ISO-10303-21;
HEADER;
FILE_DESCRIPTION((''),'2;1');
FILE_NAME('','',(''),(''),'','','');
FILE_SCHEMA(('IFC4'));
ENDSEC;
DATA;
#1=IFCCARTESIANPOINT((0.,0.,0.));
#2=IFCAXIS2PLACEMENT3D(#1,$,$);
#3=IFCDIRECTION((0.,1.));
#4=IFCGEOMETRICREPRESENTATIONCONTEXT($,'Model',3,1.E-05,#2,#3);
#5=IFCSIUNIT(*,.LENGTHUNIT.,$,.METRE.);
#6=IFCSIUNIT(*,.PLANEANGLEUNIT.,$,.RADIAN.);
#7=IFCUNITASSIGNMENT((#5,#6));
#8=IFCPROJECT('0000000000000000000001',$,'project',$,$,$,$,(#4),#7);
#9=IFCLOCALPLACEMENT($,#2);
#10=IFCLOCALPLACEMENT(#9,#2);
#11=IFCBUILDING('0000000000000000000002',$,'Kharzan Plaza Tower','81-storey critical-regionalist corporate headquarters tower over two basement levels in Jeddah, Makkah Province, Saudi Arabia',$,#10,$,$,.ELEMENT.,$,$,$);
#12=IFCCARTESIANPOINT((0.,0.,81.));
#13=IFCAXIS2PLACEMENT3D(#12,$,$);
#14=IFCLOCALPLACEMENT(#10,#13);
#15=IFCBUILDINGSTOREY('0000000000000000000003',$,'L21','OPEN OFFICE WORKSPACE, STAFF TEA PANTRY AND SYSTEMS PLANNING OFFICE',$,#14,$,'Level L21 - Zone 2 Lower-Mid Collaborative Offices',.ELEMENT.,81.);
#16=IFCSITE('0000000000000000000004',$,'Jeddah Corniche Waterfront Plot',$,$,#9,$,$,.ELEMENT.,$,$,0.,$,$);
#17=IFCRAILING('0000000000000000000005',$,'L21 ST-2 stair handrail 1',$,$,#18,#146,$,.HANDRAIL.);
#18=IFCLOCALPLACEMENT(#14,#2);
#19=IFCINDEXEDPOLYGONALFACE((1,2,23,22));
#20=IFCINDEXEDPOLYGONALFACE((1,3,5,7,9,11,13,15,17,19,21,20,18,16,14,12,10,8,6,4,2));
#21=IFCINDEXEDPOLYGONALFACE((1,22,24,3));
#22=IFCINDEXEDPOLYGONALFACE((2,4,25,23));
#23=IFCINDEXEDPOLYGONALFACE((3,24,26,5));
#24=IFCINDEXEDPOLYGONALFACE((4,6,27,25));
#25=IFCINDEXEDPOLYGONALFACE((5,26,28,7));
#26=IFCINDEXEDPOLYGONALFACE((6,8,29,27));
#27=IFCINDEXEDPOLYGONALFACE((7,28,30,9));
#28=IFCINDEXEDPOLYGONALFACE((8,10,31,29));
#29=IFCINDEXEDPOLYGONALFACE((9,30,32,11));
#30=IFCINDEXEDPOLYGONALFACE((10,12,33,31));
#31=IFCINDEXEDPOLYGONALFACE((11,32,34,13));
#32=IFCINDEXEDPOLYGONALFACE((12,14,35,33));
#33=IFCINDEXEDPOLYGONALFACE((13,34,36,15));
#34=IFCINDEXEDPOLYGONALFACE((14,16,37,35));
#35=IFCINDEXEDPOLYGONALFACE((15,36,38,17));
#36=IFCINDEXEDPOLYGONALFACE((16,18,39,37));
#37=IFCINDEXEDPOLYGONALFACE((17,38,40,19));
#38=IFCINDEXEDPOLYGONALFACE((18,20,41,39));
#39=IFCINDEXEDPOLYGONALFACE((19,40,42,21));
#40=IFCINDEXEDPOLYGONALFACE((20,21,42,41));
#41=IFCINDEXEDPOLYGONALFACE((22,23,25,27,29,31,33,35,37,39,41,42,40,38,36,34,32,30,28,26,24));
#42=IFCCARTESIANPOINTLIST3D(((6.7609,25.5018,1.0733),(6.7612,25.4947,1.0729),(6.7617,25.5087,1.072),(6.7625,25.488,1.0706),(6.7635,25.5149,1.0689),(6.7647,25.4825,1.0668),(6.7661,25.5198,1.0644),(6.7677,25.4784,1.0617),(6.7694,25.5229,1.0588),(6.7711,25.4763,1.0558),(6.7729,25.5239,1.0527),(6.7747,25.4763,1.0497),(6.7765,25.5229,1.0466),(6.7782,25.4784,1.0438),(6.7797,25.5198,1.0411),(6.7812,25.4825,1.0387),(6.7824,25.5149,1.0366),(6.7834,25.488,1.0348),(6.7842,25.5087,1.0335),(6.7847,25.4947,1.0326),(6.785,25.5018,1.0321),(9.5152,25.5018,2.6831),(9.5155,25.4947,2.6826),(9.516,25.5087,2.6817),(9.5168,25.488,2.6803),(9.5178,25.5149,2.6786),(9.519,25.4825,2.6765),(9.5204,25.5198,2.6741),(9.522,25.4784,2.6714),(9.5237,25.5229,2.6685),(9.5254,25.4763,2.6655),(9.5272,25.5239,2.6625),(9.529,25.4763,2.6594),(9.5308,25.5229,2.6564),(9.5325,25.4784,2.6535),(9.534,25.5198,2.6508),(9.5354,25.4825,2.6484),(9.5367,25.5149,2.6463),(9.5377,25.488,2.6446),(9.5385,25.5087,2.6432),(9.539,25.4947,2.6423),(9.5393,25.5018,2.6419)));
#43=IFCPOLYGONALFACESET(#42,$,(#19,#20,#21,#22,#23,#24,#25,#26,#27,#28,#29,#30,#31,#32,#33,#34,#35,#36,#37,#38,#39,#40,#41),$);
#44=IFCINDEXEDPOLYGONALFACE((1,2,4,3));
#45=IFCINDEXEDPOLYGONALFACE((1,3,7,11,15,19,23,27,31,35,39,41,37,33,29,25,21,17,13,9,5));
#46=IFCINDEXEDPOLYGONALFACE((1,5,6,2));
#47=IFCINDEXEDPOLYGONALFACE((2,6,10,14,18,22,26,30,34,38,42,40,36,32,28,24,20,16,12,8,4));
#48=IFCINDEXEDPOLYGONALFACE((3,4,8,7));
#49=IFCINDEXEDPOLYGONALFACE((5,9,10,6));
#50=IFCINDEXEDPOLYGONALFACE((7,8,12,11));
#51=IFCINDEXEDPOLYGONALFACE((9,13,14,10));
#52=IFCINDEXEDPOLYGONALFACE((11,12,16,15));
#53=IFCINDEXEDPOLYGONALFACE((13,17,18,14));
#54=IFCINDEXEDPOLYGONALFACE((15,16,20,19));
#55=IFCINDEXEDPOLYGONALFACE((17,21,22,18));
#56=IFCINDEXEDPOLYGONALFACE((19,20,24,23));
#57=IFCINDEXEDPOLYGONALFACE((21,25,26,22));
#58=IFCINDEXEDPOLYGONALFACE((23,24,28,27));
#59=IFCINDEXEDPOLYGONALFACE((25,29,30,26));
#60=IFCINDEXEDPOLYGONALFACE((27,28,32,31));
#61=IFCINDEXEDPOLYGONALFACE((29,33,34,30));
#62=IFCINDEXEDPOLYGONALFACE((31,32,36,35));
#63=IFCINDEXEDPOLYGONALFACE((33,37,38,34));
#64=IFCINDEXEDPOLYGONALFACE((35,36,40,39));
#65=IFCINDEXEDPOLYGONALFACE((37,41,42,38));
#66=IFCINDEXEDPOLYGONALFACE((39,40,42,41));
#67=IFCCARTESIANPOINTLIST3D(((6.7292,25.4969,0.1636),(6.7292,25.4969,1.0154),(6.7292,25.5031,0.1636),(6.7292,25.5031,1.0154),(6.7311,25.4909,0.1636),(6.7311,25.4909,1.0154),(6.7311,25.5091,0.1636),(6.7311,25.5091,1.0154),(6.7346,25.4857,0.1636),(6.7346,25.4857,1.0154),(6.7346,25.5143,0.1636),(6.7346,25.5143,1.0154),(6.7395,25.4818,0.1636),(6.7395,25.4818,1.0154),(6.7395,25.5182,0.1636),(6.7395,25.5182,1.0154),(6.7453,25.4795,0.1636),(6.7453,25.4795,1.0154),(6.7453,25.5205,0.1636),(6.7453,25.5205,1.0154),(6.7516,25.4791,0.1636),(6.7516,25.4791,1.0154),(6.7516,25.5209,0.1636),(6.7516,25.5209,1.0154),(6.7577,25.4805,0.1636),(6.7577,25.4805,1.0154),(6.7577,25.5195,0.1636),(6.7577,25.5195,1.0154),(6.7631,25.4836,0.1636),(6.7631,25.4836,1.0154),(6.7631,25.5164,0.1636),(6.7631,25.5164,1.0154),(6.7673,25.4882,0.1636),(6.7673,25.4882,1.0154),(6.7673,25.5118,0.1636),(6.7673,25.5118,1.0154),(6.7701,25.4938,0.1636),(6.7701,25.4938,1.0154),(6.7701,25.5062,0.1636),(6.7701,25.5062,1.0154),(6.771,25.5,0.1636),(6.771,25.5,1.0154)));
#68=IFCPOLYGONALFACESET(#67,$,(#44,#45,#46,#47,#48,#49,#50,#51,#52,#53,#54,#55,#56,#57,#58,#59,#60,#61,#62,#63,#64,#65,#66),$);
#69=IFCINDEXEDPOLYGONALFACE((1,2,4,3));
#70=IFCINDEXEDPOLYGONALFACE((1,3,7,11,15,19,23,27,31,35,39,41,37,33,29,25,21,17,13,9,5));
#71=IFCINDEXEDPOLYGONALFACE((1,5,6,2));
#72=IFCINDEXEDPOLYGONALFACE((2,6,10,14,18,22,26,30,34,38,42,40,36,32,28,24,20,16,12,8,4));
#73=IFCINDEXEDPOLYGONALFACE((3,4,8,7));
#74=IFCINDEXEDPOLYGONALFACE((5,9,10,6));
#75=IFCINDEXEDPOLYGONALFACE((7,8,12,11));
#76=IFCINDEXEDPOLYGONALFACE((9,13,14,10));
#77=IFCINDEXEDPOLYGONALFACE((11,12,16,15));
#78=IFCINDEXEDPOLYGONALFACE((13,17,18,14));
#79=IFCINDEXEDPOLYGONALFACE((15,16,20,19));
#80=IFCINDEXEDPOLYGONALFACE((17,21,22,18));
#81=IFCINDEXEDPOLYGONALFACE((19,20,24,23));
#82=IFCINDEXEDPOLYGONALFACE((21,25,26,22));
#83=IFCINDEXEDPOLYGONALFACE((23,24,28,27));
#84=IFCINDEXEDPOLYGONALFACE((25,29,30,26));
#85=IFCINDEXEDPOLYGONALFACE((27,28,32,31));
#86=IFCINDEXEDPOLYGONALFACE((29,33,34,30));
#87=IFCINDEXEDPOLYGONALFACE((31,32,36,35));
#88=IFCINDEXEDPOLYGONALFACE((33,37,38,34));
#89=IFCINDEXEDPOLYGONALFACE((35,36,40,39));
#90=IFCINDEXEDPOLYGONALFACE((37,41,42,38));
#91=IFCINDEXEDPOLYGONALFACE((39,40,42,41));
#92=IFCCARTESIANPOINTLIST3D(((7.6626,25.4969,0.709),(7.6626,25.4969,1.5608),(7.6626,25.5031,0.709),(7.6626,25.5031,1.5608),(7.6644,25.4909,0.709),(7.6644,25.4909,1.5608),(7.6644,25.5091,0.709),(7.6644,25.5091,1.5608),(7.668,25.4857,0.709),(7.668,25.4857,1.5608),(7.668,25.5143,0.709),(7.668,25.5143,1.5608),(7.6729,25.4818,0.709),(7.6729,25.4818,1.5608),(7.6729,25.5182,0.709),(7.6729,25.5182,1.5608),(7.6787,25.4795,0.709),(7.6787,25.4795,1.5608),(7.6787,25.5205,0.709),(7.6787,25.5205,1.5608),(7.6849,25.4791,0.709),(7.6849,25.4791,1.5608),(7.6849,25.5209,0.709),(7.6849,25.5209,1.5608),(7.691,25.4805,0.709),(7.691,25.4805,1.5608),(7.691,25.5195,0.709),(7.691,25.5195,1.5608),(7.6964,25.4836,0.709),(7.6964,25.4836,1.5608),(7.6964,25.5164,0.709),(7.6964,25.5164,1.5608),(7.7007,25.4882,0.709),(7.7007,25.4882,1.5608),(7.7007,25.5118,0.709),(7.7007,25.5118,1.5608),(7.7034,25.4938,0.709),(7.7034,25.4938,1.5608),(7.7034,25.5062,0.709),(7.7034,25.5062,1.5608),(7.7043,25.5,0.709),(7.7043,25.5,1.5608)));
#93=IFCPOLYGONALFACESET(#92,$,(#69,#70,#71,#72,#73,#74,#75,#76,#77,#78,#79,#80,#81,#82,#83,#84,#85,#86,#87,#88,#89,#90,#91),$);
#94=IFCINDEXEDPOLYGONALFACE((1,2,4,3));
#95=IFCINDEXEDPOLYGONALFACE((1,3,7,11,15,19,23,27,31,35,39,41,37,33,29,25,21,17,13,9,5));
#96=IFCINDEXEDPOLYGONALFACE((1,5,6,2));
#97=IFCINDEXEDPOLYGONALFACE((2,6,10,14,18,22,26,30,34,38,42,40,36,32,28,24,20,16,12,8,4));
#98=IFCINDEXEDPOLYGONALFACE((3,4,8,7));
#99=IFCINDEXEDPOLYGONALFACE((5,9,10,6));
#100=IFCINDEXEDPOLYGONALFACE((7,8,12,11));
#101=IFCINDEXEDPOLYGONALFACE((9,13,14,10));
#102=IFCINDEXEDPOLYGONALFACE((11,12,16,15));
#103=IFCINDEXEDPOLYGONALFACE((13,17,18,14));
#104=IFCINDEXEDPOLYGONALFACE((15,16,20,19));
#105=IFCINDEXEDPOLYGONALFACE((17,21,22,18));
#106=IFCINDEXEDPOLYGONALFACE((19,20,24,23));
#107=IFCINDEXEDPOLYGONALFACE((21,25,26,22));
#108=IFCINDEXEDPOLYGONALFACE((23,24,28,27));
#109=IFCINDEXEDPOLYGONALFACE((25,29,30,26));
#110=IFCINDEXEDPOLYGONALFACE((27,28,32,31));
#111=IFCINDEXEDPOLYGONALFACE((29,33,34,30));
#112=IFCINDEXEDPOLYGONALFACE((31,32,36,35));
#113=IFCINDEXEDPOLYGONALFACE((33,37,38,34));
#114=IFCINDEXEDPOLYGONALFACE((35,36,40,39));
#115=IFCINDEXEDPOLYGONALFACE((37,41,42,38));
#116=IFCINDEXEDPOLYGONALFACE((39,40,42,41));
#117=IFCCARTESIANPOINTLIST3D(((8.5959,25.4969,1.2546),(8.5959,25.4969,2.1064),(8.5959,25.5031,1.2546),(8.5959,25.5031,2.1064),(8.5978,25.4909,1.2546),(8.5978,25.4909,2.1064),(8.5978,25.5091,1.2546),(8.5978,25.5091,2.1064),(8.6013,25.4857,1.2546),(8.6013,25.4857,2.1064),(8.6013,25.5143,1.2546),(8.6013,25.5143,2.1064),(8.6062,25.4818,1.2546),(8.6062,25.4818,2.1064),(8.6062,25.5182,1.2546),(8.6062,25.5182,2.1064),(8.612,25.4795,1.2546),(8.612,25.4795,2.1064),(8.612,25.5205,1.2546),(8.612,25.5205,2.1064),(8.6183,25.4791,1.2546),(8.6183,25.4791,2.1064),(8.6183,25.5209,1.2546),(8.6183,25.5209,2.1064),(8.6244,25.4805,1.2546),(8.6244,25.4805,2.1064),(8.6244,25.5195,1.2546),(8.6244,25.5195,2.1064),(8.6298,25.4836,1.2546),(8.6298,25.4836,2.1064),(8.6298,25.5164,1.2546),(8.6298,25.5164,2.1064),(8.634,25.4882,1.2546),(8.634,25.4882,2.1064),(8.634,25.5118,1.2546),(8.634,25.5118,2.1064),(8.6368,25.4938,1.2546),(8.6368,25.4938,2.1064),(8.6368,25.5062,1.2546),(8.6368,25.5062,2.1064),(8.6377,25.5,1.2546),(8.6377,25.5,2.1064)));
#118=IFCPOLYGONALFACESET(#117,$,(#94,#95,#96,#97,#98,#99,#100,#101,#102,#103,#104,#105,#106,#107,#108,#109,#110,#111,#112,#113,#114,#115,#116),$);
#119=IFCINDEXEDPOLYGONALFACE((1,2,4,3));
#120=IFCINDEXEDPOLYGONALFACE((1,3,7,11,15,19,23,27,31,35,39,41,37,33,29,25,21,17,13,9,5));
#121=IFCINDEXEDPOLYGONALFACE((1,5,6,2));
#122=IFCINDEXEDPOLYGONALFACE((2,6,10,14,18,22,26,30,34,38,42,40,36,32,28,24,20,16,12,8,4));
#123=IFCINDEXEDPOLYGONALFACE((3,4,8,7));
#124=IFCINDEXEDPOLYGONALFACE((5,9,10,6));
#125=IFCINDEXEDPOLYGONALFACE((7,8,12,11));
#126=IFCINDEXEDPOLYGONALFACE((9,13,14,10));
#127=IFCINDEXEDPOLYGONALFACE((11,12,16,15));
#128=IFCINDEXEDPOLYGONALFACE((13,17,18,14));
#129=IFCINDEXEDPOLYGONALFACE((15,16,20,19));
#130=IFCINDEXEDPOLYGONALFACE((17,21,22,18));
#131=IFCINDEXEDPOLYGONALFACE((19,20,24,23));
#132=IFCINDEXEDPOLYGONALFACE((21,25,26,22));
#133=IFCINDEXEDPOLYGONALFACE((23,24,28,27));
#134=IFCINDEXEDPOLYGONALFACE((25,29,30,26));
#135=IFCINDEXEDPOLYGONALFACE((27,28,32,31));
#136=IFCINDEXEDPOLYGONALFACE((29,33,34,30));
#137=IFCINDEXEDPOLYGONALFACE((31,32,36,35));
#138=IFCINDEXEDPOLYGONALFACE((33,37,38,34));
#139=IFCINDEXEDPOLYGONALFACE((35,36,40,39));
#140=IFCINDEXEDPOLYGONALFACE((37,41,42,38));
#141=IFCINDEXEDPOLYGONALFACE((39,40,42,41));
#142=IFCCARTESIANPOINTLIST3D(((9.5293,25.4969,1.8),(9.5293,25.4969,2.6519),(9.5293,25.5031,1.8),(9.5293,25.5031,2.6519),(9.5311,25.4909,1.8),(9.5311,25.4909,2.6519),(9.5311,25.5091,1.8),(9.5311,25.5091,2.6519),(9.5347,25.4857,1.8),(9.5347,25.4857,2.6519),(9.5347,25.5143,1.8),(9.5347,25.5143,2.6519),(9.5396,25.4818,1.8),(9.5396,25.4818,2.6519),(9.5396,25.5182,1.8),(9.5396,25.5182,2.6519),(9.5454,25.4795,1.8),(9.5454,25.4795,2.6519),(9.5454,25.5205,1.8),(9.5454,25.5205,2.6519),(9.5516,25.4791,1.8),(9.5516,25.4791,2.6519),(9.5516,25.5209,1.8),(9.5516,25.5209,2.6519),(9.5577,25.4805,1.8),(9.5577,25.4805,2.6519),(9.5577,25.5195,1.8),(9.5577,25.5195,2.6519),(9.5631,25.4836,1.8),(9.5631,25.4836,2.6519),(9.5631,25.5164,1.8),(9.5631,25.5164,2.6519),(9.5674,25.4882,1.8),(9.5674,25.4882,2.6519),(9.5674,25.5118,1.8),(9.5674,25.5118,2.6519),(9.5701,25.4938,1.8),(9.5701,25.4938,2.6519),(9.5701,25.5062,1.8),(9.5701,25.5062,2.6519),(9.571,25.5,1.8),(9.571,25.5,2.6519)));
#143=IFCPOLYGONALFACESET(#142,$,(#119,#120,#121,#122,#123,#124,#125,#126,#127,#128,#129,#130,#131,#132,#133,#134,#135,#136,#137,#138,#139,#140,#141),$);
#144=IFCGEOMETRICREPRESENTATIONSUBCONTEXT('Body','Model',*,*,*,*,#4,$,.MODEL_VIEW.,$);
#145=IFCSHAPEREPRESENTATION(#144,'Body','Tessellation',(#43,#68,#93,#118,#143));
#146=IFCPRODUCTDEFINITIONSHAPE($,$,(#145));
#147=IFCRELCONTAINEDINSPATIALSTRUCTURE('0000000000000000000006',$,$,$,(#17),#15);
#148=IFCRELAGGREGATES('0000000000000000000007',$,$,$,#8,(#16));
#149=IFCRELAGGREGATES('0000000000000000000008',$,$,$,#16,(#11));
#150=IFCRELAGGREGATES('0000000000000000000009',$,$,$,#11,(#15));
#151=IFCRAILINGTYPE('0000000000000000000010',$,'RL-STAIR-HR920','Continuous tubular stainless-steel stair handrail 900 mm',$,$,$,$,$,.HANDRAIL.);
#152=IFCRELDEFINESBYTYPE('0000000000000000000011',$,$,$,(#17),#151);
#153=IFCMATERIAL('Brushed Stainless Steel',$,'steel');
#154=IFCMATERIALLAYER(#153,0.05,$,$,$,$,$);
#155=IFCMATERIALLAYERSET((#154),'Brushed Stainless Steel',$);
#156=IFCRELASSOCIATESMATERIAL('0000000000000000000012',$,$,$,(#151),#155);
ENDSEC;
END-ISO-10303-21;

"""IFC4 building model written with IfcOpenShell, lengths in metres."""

from ifc_helpers import new_model, si_unit, direction, frame, origin, origin_2d, place, context, subcontext, project, spatial, circle, extrude, source, transform, mapped, material, layer, layer_set, type_object, element, save


model = new_model("IFC4")

# Units and contexts
model_context = context("Model", 3, precision=1e-05, world=origin(), true_north=direction((0.0, 1.0)))
body_context = subcontext(model_context, "Body", "Model", "MODEL_VIEW")
ifc_project = project(units=[si_unit("LENGTHUNIT", "METRE"), si_unit("PLANEANGLEUNIT", "RADIAN")], contexts=[model_context])

# Site, building, storey
site_placement = place(None, origin())
site = spatial("IfcSite", under=ifc_project, at=site_placement, Name="Jeddah Corniche Waterfront Plot", CompositionType="ELEMENT", RefElevation=0.0)
building_placement = place(site_placement, origin())
building = spatial("IfcBuilding", under=site, at=building_placement, Name="Kharzan Plaza Tower", Description="81-storey critical-regionalist corporate headquarters tower over two basement levels in Jeddah, Makkah Province, Saudi Arabia", CompositionType="ELEMENT")
storey_placement = place(building_placement, frame((0.0, 0.0, 81.0)))
storey = spatial("IfcBuildingStorey", under=building, at=storey_placement, Name="L21", Description="OPEN OFFICE WORKSPACE, STAFF TEA PANTRY AND SYSTEMS PLANNING OFFICE", LongName="Level L21 - Zone 2 Lower-Mid Collaborative Offices", CompositionType="ELEMENT", Elevation=81.0)

# Shared definitions
ifc_material_1 = material(Name="Brushed Stainless Steel", Category="steel")

# Railing
ifc_layer_1 = layer(ifc_material_1, 0.05)
ifc_layer_set_1 = layer_set([ifc_layer_1], Name="Brushed Stainless Steel")
railing_type_1 = type_object("IfcRailingType", Name="RL-STAIR-HR920", Description="Continuous tubular stainless-steel stair handrail 900 mm", PredefinedType="HANDRAIL", material=ifc_layer_set_1)
shared_shape_1 = source(origin(), body_context, "Body", "SweptSolid", [
    extrude(circle(Radius=0.0239, at=origin_2d()), frame((0.0229, 0.0, 0.8892), z_axis=(0.863361, 0.0, 0.504587), x_axis=(0.0, 1.0, 0.0)), (0.0, 0.0, 1.0), 3.1902),
    extrude(circle(Radius=0.021, at=origin_2d()), origin(), (0.0, 0.0, 1.0), 0.8518),
    extrude(circle(Radius=0.021, at=origin_2d()), frame((0.9333, 0.0, 0.5454)), (0.0, 0.0, 1.0), 0.8518),
    extrude(circle(Radius=0.021, at=origin_2d()), frame((1.8667, 0.0, 1.0911)), (0.0, 0.0, 1.0), 0.8518),
    extrude(circle(Radius=0.021, at=origin_2d()), frame((2.8, 0.0, 1.6365)), (0.0, 0.0, 1.0), 0.8518),
])
railing_1_placement = place(storey_placement, frame((6.75, 25.5, 0.1636)))
element("IfcRailing", 1, at=railing_1_placement, inside=storey, type_object=railing_type_1, Name="L21 ST-2 stair handrail 1", PredefinedType="HANDRAIL", context=body_context, shape_type="MappedRepresentation", body=[
    mapped(shared_shape_1, transform((0.0, 0.0, 0.0), x_axis=(1.0, 0.0, 0.0), y_axis=(0.0, 1.0, 0.0), z_axis=(0.0, 0.0, 1.0))),
])

save(model, "model.ifc")
